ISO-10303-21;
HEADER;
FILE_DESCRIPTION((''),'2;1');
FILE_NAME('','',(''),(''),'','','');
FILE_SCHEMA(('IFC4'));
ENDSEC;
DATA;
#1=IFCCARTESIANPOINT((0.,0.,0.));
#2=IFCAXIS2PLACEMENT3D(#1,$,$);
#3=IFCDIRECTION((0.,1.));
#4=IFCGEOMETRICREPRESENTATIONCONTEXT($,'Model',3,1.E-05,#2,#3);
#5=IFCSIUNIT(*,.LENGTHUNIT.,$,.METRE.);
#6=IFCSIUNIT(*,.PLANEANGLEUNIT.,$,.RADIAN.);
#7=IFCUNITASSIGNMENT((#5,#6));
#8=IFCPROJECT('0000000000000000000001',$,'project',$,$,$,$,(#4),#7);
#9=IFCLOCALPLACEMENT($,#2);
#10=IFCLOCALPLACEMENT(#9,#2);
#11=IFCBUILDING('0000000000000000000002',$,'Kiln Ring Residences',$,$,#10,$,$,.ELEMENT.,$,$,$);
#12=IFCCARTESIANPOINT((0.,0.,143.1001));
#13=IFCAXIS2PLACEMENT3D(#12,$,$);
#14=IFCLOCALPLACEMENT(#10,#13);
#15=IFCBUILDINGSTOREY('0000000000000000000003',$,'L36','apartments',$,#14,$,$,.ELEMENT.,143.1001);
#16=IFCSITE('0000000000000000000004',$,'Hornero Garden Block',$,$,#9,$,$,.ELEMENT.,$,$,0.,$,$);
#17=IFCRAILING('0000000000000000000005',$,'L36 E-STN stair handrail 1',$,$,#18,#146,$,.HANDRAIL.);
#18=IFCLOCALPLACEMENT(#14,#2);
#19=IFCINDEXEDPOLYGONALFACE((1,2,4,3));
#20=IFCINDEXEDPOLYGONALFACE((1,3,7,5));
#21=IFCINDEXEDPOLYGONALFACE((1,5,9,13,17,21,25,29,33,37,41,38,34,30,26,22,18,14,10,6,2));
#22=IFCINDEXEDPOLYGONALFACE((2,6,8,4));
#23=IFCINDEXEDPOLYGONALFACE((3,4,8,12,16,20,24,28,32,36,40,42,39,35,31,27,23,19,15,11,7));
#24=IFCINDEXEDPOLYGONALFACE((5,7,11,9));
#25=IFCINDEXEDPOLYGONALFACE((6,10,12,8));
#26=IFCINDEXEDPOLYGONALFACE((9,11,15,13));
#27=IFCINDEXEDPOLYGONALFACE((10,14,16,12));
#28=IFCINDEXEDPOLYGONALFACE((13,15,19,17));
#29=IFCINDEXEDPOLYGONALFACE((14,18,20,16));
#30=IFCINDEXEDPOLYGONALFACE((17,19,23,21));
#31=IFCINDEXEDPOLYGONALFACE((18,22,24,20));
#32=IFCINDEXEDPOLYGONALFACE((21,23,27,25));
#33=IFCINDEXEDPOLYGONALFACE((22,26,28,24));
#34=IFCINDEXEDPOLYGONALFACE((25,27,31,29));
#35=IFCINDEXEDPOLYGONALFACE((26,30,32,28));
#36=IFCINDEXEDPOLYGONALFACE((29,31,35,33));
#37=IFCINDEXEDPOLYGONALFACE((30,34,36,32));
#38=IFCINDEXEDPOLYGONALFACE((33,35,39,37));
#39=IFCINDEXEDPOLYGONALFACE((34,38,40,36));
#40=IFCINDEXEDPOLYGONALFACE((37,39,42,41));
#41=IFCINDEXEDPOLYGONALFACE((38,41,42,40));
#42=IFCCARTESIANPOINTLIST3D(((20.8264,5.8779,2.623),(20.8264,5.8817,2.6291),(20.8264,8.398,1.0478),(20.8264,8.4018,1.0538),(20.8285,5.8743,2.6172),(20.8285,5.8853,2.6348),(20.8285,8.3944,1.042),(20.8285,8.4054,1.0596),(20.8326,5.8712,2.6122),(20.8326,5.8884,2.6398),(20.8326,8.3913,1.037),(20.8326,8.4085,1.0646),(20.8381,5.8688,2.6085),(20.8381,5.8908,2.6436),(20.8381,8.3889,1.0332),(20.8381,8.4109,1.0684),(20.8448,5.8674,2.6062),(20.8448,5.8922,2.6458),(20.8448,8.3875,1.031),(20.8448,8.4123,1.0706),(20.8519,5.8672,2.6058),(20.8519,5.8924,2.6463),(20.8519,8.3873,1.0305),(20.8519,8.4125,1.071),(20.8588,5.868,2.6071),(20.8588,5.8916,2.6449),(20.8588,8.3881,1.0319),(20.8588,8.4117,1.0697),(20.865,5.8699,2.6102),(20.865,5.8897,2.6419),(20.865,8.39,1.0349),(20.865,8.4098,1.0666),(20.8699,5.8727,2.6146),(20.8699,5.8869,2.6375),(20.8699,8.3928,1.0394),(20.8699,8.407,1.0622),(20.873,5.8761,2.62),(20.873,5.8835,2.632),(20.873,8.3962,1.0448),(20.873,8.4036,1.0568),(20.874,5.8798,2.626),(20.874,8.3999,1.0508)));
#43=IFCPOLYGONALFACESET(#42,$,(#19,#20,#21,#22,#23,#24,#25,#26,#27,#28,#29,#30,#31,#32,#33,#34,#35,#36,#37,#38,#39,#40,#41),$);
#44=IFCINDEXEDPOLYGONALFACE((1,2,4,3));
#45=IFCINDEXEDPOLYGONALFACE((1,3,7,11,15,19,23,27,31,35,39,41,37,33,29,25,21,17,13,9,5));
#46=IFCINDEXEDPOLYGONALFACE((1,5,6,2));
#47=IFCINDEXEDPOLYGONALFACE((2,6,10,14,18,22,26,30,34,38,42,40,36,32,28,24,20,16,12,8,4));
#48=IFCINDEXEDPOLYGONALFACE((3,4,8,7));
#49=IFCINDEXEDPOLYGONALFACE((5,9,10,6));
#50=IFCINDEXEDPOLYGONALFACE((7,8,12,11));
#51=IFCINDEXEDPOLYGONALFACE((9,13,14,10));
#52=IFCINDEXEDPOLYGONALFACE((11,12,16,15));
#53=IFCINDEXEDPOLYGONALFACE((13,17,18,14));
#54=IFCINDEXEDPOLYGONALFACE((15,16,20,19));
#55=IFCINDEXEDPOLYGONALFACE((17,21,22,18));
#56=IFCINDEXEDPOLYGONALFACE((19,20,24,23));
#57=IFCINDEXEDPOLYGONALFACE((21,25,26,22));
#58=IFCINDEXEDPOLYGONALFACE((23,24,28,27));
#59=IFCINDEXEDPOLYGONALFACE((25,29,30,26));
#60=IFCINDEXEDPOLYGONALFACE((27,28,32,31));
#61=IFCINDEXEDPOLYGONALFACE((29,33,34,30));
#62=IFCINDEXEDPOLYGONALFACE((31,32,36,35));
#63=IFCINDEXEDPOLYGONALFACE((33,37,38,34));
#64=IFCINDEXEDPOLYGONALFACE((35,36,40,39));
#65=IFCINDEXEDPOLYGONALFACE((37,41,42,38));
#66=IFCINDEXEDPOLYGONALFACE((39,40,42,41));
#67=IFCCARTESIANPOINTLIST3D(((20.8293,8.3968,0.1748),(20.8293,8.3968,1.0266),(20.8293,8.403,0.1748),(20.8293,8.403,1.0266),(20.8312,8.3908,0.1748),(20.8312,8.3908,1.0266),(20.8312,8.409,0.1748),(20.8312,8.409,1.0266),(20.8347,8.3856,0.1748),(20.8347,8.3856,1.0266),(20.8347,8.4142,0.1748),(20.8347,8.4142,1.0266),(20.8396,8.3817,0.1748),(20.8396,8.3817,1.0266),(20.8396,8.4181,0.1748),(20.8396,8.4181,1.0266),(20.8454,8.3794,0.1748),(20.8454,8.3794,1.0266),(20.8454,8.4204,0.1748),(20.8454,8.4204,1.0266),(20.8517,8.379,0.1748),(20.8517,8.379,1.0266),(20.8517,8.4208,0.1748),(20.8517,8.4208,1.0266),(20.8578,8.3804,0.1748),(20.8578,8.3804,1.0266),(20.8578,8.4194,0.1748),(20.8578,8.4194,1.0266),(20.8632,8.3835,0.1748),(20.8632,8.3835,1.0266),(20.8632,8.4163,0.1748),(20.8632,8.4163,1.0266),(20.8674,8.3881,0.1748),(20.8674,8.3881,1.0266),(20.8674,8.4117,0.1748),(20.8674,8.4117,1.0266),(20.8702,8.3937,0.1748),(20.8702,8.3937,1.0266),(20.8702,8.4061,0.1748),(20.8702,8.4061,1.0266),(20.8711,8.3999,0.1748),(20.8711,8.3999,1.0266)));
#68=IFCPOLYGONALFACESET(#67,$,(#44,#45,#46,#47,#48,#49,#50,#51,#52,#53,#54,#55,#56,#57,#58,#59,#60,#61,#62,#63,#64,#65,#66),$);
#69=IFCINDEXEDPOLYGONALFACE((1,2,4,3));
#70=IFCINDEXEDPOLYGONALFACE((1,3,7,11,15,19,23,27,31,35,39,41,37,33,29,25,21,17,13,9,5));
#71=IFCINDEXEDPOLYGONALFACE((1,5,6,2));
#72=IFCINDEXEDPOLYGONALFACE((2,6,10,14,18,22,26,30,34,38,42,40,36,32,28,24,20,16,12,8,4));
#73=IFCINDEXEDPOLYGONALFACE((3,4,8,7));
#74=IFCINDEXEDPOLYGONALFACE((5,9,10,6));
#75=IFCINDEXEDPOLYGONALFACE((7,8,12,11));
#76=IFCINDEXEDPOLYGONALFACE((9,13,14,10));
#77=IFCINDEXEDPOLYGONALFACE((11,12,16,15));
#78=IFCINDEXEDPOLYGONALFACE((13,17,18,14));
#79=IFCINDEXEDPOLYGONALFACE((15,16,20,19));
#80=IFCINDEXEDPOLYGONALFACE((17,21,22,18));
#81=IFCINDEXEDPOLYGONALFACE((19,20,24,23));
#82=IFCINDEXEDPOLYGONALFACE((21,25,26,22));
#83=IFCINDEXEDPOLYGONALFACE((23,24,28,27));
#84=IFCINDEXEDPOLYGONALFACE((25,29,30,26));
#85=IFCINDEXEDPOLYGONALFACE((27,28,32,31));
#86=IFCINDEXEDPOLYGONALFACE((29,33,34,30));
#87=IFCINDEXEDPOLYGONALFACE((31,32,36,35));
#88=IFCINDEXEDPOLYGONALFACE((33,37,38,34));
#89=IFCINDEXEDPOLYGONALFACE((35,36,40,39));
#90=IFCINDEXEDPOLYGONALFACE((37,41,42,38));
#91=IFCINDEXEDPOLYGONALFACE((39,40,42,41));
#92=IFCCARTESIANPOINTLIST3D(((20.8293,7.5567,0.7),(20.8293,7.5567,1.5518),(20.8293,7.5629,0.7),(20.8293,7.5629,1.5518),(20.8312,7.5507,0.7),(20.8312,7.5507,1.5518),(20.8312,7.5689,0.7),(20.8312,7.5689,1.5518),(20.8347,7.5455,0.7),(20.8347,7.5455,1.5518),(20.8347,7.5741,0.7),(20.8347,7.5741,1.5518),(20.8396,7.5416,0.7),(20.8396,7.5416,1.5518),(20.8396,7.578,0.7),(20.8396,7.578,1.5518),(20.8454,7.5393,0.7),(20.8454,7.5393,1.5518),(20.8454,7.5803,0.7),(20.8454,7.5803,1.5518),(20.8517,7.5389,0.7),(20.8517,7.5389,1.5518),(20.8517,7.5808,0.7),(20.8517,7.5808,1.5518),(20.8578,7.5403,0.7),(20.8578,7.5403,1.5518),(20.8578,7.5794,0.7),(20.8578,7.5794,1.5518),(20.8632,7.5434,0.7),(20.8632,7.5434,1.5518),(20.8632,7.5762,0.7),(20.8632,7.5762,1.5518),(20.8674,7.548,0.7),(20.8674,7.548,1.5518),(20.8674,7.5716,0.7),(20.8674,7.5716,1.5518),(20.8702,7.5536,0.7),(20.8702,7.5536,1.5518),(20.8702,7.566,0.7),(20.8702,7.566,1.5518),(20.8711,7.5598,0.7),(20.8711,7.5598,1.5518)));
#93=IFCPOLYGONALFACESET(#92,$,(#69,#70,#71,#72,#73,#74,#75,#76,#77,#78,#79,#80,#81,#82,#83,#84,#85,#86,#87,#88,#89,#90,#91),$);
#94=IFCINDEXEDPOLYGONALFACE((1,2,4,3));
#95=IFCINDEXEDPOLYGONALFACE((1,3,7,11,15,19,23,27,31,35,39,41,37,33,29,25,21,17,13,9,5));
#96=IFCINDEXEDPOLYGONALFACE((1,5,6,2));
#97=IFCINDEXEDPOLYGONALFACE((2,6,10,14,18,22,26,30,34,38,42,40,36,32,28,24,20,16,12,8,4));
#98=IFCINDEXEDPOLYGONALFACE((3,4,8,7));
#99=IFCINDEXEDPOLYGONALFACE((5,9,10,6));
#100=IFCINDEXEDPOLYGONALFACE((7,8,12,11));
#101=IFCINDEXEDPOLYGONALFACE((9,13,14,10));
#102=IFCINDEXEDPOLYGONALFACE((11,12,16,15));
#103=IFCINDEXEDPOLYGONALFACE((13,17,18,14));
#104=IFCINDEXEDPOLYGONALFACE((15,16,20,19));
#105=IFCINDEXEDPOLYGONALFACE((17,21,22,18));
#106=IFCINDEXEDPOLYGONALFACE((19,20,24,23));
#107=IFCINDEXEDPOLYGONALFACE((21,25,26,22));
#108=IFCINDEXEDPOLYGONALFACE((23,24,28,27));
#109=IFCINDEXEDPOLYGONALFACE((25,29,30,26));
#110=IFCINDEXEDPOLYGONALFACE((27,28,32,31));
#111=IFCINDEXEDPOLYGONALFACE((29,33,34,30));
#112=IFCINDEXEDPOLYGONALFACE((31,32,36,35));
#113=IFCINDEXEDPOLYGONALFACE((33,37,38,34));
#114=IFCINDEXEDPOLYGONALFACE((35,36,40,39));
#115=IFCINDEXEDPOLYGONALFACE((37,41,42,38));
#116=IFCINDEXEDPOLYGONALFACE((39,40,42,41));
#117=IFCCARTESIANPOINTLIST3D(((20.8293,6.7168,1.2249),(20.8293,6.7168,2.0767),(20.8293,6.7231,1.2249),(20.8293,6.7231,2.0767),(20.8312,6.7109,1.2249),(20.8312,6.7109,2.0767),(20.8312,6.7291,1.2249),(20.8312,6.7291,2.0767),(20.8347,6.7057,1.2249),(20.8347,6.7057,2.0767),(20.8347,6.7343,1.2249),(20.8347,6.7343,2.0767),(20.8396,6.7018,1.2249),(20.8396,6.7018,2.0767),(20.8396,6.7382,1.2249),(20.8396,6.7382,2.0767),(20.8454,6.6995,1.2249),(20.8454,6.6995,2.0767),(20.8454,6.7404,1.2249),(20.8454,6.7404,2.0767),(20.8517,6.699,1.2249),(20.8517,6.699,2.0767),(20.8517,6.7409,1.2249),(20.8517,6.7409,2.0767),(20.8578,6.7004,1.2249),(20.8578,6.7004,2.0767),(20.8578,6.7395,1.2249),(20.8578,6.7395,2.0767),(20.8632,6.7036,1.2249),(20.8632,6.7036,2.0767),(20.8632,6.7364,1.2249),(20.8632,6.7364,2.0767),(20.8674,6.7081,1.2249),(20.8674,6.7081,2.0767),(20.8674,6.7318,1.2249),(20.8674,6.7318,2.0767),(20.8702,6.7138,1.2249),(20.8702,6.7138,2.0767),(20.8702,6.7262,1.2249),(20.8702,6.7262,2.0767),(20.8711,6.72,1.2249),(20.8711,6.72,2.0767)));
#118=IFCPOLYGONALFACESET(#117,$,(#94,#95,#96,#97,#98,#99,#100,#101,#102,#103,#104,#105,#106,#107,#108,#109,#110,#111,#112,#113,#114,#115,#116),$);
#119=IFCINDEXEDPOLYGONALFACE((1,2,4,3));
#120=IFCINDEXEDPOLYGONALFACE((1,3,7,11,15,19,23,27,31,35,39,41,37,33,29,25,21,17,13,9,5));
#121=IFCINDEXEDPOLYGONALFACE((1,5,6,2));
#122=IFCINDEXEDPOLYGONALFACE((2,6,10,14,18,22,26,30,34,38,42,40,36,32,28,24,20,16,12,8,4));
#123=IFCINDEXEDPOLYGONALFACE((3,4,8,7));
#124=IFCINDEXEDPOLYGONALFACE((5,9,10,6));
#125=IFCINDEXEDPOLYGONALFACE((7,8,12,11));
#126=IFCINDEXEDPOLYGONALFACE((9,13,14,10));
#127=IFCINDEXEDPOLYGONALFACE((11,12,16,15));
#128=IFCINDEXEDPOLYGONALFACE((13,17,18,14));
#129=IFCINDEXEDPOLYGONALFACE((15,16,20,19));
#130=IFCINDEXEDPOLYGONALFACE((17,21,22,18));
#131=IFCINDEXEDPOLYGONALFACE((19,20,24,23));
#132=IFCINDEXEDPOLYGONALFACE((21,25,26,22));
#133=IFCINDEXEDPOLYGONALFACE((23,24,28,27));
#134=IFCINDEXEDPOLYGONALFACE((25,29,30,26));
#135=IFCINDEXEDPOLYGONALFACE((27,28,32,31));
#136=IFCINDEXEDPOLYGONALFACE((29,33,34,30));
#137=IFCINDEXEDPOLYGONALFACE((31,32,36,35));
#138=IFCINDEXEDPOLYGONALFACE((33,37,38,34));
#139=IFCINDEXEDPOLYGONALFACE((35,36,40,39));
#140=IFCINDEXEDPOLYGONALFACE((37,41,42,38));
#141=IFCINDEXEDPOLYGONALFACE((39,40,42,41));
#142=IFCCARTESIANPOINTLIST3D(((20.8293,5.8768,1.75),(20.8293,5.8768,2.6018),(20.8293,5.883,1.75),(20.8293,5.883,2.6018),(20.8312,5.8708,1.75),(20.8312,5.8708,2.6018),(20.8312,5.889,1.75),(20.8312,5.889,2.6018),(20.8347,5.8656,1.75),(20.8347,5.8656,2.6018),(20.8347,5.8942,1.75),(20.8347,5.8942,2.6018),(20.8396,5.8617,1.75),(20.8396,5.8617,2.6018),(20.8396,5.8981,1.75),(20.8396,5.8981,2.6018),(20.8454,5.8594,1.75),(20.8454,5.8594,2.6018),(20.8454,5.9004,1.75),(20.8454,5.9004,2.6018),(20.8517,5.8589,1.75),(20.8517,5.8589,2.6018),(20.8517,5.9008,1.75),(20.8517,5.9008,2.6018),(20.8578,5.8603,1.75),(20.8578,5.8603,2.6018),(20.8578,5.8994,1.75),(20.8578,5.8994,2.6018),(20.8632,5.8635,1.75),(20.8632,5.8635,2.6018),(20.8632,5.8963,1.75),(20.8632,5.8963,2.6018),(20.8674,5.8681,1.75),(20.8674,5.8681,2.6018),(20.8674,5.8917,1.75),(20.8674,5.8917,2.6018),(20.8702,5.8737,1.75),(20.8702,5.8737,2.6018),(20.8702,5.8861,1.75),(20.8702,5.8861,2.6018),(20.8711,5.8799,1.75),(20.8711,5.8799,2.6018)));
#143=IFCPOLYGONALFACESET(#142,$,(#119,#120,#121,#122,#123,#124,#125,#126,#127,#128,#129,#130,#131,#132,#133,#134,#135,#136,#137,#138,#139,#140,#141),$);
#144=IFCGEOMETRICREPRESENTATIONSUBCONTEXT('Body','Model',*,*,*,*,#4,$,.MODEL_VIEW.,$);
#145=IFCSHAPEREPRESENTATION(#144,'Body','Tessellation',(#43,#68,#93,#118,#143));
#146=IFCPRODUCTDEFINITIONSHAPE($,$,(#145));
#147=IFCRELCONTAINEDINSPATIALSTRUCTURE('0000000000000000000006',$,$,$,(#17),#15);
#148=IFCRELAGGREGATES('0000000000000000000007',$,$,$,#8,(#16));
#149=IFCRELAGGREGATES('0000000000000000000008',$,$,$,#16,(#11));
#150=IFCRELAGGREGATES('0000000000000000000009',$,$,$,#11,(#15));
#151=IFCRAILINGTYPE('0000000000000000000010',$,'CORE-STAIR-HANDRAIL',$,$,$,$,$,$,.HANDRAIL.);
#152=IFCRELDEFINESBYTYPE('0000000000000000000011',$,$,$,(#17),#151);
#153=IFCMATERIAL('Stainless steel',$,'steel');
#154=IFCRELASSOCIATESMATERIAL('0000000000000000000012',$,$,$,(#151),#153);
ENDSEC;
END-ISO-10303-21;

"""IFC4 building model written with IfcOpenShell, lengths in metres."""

from ifc_helpers import new_model, si_unit, direction, frame, origin, origin_2d, place, context, subcontext, project, spatial, circle, extrude, material, type_object, element, save


model = new_model("IFC4")

# Units and contexts
model_context = context("Model", 3, precision=1e-05, world=origin(), true_north=direction((0.0, 1.0)))
body_context = subcontext(model_context, "Body", "Model", "MODEL_VIEW")
ifc_project = project(units=[si_unit("LENGTHUNIT", "METRE"), si_unit("PLANEANGLEUNIT", "RADIAN")], contexts=[model_context])

# Site, building, storey
site_placement = place(None, origin())
site = spatial("IfcSite", under=ifc_project, at=site_placement, Name="Hornero Garden Block", CompositionType="ELEMENT", RefElevation=0.0)
building_placement = place(site_placement, origin())
building = spatial("IfcBuilding", under=site, at=building_placement, Name="Kiln Ring Residences", CompositionType="ELEMENT")
storey_placement = place(building_placement, frame((0.0, 0.0, 143.1001)))
storey = spatial("IfcBuildingStorey", under=building, at=storey_placement, Name="L36", Description="apartments", CompositionType="ELEMENT", Elevation=143.1001)

# Railing
ifc_material_1 = material(Name="Stainless steel", Category="steel")
railing_type_1 = type_object("IfcRailingType", Name="CORE-STAIR-HANDRAIL", PredefinedType="HANDRAIL", material=ifc_material_1)
railing_1_placement = place(storey_placement, frame((20.8501, 8.3999, 0.1748)))
element("IfcRailing", 1, at=railing_1_placement, inside=storey, type_object=railing_type_1, Name="L36 E-STN stair handrail 1", PredefinedType="HANDRAIL", context=body_context, shape_type="SweptSolid", body=[
    extrude(circle(Radius=0.0239, at=origin_2d()), frame((0.0, 0.0, 0.876), z_axis=(0.0, -0.847971, 0.530043), x_axis=(1.0, 0.0, 0.0)), (0.0, 0.0, 1.0), 2.9719),
    extrude(circle(Radius=0.021, at=origin_2d()), origin(), (0.0, 0.0, 1.0), 0.8518),
    extrude(circle(Radius=0.021, at=origin_2d()), frame((0.0, -0.8401, 0.5251)), (0.0, 0.0, 1.0), 0.8518),
    extrude(circle(Radius=0.021, at=origin_2d()), frame((0.0, -1.6799, 1.05)), (0.0, 0.0, 1.0), 0.8518),
    extrude(circle(Radius=0.021, at=origin_2d()), frame((0.0, -2.52, 1.5752)), (0.0, 0.0, 1.0), 0.8518),
])

save(model, "model.ifc")
